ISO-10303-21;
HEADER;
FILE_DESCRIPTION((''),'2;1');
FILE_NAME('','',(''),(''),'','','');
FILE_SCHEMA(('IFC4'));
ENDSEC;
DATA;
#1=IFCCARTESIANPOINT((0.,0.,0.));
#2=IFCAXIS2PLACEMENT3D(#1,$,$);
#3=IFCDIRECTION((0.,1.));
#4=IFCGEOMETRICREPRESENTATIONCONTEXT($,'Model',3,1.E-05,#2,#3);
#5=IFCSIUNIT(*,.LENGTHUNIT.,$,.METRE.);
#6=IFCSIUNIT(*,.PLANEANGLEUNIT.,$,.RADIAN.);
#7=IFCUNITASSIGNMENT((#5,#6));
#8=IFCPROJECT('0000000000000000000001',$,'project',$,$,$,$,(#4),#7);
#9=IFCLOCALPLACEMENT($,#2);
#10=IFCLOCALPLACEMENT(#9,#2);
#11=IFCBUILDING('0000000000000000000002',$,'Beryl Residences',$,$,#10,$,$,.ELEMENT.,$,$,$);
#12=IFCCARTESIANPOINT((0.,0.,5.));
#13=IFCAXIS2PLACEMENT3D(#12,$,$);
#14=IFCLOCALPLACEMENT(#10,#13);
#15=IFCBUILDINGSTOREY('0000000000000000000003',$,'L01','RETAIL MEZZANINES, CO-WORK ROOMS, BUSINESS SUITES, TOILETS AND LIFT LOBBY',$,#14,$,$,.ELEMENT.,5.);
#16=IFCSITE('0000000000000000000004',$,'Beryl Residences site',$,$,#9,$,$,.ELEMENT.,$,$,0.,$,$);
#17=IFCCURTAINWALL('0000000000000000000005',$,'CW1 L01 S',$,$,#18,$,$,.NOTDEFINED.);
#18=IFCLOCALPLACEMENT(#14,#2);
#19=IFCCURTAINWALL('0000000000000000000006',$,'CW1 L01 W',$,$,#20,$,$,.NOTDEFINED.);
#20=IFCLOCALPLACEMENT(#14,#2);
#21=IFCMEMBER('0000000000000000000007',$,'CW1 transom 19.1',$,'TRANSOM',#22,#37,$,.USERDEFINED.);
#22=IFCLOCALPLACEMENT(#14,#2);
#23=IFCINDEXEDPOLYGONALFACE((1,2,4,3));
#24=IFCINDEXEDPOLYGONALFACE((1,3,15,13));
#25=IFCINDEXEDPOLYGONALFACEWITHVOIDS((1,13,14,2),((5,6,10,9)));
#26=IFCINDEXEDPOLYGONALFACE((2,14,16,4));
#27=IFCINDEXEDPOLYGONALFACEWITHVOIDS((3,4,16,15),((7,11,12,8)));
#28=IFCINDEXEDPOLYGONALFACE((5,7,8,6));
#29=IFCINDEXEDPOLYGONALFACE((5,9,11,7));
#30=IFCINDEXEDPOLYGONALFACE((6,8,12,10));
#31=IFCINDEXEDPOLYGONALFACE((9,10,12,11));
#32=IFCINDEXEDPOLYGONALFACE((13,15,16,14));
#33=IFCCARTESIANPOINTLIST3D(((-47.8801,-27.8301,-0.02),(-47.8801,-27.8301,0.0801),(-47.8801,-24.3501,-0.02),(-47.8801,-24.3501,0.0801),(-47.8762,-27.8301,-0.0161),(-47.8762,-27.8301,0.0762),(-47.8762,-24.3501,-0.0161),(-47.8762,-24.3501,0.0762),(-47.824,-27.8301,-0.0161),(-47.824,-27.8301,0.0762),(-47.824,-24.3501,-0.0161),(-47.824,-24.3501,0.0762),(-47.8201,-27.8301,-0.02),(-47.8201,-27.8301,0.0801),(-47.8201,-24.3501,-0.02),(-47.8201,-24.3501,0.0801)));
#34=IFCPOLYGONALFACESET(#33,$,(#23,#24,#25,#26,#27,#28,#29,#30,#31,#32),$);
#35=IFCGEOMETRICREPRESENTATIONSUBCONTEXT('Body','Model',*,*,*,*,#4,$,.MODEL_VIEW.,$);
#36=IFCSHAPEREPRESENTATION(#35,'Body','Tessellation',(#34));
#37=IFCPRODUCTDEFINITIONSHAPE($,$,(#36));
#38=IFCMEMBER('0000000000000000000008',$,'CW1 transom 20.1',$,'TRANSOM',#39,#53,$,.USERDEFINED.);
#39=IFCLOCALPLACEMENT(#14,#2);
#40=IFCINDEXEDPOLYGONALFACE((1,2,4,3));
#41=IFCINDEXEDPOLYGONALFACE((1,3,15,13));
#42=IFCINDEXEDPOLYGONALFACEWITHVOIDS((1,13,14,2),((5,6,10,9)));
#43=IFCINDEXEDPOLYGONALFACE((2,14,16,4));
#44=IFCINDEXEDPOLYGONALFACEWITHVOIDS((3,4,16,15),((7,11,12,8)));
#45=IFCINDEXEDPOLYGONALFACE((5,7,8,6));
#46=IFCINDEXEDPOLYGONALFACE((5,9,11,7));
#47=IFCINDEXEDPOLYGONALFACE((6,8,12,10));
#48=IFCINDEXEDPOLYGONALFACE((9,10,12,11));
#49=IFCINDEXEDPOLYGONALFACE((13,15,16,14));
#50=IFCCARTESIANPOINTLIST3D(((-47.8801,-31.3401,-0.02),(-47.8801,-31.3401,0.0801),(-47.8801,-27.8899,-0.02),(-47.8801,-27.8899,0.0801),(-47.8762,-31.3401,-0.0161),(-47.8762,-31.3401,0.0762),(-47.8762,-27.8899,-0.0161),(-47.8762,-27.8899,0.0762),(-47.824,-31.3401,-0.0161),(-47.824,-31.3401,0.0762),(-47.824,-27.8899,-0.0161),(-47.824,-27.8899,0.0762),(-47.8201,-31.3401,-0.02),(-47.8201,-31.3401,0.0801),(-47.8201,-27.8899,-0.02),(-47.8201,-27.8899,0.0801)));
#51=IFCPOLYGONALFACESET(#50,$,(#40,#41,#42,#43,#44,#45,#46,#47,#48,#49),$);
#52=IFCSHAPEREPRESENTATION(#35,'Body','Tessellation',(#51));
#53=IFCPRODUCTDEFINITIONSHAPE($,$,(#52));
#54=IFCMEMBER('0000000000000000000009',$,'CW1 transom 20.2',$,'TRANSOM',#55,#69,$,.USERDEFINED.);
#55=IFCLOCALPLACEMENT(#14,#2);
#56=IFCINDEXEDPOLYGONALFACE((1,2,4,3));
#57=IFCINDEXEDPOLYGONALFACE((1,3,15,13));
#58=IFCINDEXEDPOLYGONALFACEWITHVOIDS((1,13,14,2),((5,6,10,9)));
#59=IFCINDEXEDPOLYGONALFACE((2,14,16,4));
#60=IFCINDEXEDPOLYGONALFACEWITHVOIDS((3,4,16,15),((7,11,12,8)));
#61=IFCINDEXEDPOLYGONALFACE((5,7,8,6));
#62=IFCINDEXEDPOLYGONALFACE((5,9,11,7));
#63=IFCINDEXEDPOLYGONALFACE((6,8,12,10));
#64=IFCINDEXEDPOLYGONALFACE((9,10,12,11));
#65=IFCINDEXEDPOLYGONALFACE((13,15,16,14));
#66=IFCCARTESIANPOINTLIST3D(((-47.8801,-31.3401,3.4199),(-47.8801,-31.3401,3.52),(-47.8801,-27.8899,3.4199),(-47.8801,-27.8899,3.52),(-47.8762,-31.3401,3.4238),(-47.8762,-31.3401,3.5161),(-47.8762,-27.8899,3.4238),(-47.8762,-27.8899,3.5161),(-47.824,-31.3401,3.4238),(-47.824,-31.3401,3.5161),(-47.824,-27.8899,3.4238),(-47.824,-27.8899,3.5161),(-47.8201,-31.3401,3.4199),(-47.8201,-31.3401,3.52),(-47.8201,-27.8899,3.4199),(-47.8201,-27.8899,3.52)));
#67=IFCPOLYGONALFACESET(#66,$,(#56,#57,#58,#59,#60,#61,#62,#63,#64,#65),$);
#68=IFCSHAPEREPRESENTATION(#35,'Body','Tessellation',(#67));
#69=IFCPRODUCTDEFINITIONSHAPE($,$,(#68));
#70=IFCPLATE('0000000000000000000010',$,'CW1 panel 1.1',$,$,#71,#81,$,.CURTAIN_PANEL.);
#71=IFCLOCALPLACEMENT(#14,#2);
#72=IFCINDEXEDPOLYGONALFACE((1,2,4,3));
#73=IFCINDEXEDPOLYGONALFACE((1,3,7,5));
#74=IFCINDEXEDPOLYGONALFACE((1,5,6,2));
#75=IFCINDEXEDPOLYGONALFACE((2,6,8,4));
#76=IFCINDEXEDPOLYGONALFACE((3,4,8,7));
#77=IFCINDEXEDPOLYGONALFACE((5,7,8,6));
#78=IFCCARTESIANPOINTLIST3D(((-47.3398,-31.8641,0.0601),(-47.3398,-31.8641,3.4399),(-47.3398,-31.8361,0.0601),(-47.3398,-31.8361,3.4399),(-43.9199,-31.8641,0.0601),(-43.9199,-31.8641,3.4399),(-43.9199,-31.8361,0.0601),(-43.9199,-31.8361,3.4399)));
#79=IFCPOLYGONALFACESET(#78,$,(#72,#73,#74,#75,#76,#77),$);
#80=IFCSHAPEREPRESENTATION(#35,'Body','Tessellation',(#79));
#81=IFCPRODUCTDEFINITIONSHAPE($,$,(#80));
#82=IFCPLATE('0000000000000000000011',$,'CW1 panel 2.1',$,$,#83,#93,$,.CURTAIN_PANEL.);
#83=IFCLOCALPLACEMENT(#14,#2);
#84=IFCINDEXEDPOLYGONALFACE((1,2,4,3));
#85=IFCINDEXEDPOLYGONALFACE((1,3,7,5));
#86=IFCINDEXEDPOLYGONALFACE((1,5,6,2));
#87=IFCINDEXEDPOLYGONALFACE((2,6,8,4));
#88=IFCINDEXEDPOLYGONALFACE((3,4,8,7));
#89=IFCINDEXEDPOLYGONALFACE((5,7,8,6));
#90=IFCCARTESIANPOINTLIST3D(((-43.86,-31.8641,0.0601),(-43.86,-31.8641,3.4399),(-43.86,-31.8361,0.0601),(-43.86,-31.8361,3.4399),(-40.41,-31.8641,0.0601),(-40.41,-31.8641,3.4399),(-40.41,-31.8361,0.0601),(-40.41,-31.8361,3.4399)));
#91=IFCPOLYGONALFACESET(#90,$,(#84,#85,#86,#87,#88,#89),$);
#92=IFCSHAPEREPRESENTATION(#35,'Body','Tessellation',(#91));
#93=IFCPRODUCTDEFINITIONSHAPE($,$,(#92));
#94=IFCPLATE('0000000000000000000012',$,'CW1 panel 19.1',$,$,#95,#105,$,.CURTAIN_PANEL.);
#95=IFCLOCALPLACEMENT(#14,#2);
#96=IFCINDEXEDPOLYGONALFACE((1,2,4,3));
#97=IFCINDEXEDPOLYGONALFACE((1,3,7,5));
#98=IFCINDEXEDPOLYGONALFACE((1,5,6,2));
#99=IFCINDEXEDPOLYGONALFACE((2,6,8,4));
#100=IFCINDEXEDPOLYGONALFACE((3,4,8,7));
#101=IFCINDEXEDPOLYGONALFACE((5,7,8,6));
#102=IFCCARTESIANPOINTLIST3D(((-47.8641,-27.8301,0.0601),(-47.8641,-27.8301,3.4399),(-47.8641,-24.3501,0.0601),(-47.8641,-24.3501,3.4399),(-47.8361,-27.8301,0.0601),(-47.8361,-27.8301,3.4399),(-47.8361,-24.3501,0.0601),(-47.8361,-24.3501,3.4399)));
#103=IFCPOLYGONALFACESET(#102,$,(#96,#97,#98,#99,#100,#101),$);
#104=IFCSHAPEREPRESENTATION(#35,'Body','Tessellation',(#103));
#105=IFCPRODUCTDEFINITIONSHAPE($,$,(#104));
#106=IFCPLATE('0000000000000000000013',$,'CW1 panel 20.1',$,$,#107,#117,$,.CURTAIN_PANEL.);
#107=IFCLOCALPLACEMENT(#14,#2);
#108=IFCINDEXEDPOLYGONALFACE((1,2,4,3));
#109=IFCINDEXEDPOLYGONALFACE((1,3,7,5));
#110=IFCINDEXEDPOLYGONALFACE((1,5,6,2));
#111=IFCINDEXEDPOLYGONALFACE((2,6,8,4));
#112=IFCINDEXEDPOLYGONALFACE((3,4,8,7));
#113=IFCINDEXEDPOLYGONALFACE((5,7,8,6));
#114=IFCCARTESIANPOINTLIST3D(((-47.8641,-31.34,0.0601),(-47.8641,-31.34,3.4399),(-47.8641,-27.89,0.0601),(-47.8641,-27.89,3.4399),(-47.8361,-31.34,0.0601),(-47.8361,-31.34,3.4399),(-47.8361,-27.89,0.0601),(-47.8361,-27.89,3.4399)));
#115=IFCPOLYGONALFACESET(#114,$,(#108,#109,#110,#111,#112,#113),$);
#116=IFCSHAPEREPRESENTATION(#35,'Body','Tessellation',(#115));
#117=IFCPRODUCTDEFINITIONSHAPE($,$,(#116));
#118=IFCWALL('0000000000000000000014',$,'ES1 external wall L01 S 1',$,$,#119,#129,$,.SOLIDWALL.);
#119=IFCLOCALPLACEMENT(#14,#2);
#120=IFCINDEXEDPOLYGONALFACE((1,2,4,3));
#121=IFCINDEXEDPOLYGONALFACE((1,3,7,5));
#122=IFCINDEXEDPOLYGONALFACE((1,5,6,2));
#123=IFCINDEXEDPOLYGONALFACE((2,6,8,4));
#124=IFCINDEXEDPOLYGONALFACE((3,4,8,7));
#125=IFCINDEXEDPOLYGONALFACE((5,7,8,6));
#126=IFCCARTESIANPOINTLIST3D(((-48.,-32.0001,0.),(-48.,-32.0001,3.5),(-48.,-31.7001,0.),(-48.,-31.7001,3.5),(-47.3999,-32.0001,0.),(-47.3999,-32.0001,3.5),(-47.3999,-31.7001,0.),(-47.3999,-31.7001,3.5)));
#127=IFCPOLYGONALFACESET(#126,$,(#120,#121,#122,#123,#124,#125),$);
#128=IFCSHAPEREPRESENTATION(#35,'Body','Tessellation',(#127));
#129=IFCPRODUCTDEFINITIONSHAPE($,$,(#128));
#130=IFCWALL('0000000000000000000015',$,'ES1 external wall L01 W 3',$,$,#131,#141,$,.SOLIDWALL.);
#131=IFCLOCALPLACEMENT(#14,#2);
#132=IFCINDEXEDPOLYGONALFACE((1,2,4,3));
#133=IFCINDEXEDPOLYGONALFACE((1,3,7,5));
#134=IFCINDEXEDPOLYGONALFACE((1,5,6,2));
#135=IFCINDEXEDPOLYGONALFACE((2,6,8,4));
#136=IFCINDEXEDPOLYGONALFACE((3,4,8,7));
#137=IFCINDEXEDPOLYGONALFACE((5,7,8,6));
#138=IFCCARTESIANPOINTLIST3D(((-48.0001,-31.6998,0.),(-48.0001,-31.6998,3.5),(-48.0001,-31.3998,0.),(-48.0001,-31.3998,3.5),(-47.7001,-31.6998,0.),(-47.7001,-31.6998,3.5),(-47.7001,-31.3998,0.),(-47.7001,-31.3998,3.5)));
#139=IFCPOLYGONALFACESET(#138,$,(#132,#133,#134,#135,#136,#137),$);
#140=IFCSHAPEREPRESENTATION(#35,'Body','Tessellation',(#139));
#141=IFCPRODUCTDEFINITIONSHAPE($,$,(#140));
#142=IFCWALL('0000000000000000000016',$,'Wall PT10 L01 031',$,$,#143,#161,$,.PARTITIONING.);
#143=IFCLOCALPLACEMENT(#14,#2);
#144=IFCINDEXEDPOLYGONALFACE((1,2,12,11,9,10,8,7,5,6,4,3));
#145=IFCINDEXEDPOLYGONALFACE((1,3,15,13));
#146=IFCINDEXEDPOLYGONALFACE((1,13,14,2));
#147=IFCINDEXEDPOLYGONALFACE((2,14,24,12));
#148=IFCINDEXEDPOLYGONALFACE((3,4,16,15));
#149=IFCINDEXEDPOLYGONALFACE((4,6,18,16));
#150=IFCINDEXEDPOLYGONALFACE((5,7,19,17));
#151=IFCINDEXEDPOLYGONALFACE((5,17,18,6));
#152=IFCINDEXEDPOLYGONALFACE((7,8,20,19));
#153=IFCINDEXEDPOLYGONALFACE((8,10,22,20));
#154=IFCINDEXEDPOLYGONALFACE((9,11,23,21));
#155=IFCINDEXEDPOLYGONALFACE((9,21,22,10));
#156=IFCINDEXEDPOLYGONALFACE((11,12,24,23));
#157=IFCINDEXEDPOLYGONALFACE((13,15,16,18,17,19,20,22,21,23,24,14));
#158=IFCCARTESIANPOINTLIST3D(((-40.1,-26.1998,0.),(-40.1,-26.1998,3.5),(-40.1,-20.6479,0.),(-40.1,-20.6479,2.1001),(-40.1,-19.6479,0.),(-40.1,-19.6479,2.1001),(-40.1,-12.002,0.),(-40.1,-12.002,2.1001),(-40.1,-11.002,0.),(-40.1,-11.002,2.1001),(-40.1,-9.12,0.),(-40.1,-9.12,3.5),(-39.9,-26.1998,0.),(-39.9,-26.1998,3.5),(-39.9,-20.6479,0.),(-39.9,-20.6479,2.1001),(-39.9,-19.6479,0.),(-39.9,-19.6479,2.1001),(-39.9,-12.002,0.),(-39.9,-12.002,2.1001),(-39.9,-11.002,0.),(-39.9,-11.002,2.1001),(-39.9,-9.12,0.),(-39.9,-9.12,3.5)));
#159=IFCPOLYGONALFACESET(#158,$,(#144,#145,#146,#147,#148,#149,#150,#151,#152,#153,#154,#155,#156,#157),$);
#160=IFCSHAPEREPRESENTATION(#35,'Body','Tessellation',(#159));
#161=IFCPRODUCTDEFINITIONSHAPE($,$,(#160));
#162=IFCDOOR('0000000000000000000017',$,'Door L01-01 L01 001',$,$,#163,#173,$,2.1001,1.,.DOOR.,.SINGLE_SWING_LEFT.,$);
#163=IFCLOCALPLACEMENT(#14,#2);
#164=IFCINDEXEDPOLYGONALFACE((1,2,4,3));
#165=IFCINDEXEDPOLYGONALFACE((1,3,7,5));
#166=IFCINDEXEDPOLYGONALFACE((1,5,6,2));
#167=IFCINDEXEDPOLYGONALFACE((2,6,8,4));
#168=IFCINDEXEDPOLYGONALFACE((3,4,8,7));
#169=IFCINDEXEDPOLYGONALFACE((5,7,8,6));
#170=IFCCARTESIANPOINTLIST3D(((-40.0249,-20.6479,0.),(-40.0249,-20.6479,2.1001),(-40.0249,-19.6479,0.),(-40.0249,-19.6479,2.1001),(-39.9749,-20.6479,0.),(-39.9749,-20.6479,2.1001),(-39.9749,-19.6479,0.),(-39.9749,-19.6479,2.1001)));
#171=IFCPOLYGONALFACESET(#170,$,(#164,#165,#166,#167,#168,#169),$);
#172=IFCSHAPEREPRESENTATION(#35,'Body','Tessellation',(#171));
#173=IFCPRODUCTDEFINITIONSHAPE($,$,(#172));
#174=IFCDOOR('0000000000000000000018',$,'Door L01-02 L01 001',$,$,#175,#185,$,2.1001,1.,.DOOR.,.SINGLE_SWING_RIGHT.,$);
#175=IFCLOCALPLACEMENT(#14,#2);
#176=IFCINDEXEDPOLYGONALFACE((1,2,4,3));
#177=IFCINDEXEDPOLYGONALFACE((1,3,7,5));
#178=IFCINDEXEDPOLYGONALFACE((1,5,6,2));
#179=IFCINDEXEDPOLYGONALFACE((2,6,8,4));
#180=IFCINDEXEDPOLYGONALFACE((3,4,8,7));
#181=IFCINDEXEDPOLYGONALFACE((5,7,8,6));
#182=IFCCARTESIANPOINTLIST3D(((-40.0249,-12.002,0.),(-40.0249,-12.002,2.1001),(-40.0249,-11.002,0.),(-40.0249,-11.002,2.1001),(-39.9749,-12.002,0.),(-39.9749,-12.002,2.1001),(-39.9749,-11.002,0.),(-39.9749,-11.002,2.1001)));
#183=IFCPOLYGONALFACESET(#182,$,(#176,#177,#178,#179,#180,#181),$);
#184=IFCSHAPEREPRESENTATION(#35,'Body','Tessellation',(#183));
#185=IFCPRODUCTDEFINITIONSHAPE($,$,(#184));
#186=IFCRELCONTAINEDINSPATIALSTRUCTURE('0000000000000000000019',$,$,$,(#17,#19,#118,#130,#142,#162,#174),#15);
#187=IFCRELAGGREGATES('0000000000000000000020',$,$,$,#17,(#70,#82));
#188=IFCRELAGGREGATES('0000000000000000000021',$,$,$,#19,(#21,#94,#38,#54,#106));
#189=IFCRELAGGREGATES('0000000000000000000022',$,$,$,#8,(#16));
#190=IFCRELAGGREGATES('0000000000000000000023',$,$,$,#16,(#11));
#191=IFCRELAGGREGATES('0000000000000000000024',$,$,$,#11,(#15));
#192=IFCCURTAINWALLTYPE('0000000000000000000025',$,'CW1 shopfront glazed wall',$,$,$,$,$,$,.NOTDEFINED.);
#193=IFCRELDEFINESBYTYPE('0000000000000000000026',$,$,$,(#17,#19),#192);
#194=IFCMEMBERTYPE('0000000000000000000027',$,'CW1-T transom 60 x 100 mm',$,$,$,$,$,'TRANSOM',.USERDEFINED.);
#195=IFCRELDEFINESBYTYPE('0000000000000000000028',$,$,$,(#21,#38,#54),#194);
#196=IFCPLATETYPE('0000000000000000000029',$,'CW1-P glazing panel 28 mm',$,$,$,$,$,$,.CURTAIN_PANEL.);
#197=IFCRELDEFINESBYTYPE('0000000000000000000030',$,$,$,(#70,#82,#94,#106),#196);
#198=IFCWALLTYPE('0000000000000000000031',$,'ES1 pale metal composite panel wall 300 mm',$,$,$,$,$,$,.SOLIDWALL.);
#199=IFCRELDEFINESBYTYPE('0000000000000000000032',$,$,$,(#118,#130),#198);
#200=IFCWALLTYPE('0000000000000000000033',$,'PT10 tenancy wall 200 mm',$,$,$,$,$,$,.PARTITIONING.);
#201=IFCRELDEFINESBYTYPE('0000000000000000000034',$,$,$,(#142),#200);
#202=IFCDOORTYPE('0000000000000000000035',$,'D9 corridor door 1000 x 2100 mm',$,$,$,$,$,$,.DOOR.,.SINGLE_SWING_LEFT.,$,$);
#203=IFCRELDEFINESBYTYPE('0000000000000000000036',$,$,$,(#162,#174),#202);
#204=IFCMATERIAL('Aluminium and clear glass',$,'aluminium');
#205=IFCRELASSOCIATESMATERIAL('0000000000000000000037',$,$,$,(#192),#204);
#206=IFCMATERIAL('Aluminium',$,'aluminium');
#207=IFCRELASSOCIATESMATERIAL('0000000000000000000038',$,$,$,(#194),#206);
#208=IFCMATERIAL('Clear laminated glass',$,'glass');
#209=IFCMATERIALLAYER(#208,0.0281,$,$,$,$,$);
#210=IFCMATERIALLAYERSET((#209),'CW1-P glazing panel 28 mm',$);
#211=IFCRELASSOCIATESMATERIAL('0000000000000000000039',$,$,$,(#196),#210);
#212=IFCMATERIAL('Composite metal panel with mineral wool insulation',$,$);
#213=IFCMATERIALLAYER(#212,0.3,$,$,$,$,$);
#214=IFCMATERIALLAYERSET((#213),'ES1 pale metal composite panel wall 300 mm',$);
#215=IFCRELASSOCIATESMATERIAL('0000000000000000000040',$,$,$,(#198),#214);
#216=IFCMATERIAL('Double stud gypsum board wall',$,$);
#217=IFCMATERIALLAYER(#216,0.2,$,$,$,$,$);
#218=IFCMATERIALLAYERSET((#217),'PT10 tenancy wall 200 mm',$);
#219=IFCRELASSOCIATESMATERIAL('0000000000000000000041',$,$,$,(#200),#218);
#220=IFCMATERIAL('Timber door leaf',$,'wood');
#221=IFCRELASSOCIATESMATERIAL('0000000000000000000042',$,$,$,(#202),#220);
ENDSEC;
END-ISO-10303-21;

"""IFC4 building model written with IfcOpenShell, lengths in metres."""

from ifc_helpers import new_model, si_unit, direction, frame, frame_2d, origin, origin_2d, place, context, subcontext, project, spatial, rectangle, hollow_rectangle, extrude, material, layer, layer_set, material_profile, profile_set, type_object, element, fill, aggregate, save


model = new_model("IFC4")

# Units and contexts
model_context = context("Model", 3, precision=1e-05, world=origin(), true_north=direction((0.0, 1.0)))
body_context = subcontext(model_context, "Body", "Model", "MODEL_VIEW")
ifc_project = project(units=[si_unit("LENGTHUNIT", "METRE"), si_unit("PLANEANGLEUNIT", "RADIAN")], contexts=[model_context])

# Site, building, storey
site_placement = place(None, origin())
site = spatial("IfcSite", under=ifc_project, at=site_placement, Name="Beryl Residences site", CompositionType="ELEMENT", RefElevation=0.0)
building_placement = place(site_placement, origin())
building = spatial("IfcBuilding", under=site, at=building_placement, Name="Beryl Residences", CompositionType="ELEMENT")
storey_placement = place(building_placement, frame((0.0, 0.0, 5.0)))
storey = spatial("IfcBuildingStorey", under=building, at=storey_placement, Name="L01", Description="RETAIL MEZZANINES, CO-WORK ROOMS, BUSINESS SUITES, TOILETS AND LIFT LOBBY", CompositionType="ELEMENT", Elevation=5.0)

# Curtain walls
ifc_material_1 = material(Name="Aluminium and clear glass", Category="aluminium")
curtain_wall_type = type_object("IfcCurtainWallType", Name="CW1 shopfront glazed wall", PredefinedType="NOTDEFINED", material=ifc_material_1)
curtain_wall_1_placement = place(storey_placement, origin())
curtain_wall_1 = element("IfcCurtainWall", 1, at=curtain_wall_1_placement, inside=storey, type_object=curtain_wall_type, Name="CW1 L01 S", PredefinedType="NOTDEFINED")
curtain_wall_2_placement = place(storey_placement, origin())
curtain_wall_2 = element("IfcCurtainWall", 2, at=curtain_wall_2_placement, inside=storey, type_object=curtain_wall_type, Name="CW1 L01 W", PredefinedType="NOTDEFINED")

# Members
ifc_material_2 = material(Name="Aluminium", Category="aluminium")
ifc_material_profile_1 = material_profile(ifc_material_2, hollow_rectangle(XDim=0.0601, YDim=0.1001, WallThickness=0.0039, at=origin_2d()))
ifc_profile_set_1 = profile_set([ifc_material_profile_1], Name="Aluminium")
member_type_1 = type_object("IfcMemberType", Name="CW1-T transom 60 x 100 mm", ElementType="TRANSOM", PredefinedType="USERDEFINED", material=ifc_profile_set_1)
member_1_placement = place(storey_placement, frame((-47.8501, -24.3501, 0.03), z_axis=(0.0, -1.0, 0.0), x_axis=(1.0, 0.0, 0.0)))
member_1 = element("IfcMember", 3, at=member_1_placement, type_object=member_type_1, Name="CW1 transom 19.1", ObjectType="TRANSOM", PredefinedType="USERDEFINED", context=body_context, shape_type="SweptSolid", body=[
    extrude(hollow_rectangle(XDim=0.0601, YDim=0.1001, WallThickness=0.0039, at=origin_2d()), origin(), (0.0, 0.0, 1.0), 3.48),
])
member_2_placement = place(storey_placement, frame((-47.8501, -27.8899, 0.03), z_axis=(0.0, -1.0, 0.0), x_axis=(1.0, 0.0, 0.0)))
member_2 = element("IfcMember", 4, at=member_2_placement, type_object=member_type_1, Name="CW1 transom 20.1", ObjectType="TRANSOM", PredefinedType="USERDEFINED", context=body_context, shape_type="SweptSolid", body=[
    extrude(hollow_rectangle(XDim=0.0601, YDim=0.1001, WallThickness=0.0039, at=origin_2d()), origin(), (0.0, 0.0, 1.0), 3.4502),
])
member_3_placement = place(storey_placement, frame((-47.8501, -27.8899, 3.47), z_axis=(0.0, -1.0, 0.0), x_axis=(1.0, 0.0, 0.0)))
member_3 = element("IfcMember", 5, at=member_3_placement, type_object=member_type_1, Name="CW1 transom 20.2", ObjectType="TRANSOM", PredefinedType="USERDEFINED", context=body_context, shape_type="SweptSolid", body=[
    extrude(hollow_rectangle(XDim=0.0601, YDim=0.1001, WallThickness=0.0039, at=origin_2d()), origin(), (0.0, 0.0, 1.0), 3.4502),
])

# Plates
ifc_material_3 = material(Name="Clear laminated glass", Category="glass")
ifc_layer_1 = layer(ifc_material_3, 0.0281)
ifc_layer_set_1 = layer_set([ifc_layer_1], Name="CW1-P glazing panel 28 mm")
plate_type = type_object("IfcPlateType", Name="CW1-P glazing panel 28 mm", PredefinedType="CURTAIN_PANEL", material=ifc_layer_set_1)
plate_1_placement = place(storey_placement, frame((-45.6299, -31.8501, 0.0601), z_axis=(0.0, 0.0, 1.0), x_axis=(1.0, 0.0, 0.0)))
plate_1 = element("IfcPlate", 6, at=plate_1_placement, type_object=plate_type, Name="CW1 panel 1.1", PredefinedType="CURTAIN_PANEL", context=body_context, shape_type="SweptSolid", body=[
    extrude(rectangle(XDim=3.4199, YDim=0.0281, at=origin_2d()), origin(), (0.0, 0.0, 1.0), 3.3799),
])
plate_2_placement = place(storey_placement, frame((-42.135, -31.8501, 0.0601), z_axis=(0.0, 0.0, 1.0), x_axis=(1.0, 0.0, 0.0)))
plate_2 = element("IfcPlate", 7, at=plate_2_placement, type_object=plate_type, Name="CW1 panel 2.1", PredefinedType="CURTAIN_PANEL", context=body_context, shape_type="SweptSolid", body=[
    extrude(rectangle(XDim=3.45, YDim=0.0281, at=origin_2d()), origin(), (0.0, 0.0, 1.0), 3.3799),
])
aggregate(curtain_wall_1, [plate_1, plate_2])
plate_3_placement = place(storey_placement, frame((-47.8501, -26.0901, 0.0601), z_axis=(0.0, 0.0, 1.0), x_axis=(0.0, -1.0, 0.0)))
plate_3 = element("IfcPlate", 8, at=plate_3_placement, type_object=plate_type, Name="CW1 panel 19.1", PredefinedType="CURTAIN_PANEL", context=body_context, shape_type="SweptSolid", body=[
    extrude(rectangle(XDim=3.48, YDim=0.0281, at=origin_2d()), origin(), (0.0, 0.0, 1.0), 3.3799),
])
plate_4_placement = place(storey_placement, frame((-47.8501, -29.615, 0.0601), z_axis=(0.0, 0.0, 1.0), x_axis=(0.0, -1.0, 0.0)))
plate_4 = element("IfcPlate", 9, at=plate_4_placement, type_object=plate_type, Name="CW1 panel 20.1", PredefinedType="CURTAIN_PANEL", context=body_context, shape_type="SweptSolid", body=[
    extrude(rectangle(XDim=3.45, YDim=0.0281, at=origin_2d()), origin(), (0.0, 0.0, 1.0), 3.3799),
])
aggregate(curtain_wall_2, [member_1, plate_3, member_2, member_3, plate_4])

# Walls
ifc_material_4 = material(Name="Composite metal panel with mineral wool insulation")
ifc_layer_2 = layer(ifc_material_4, 0.3)
ifc_layer_set_2 = layer_set([ifc_layer_2], Name="ES1 pale metal composite panel wall 300 mm")
wall_type_1 = type_object("IfcWallType", Name="ES1 pale metal composite panel wall 300 mm", PredefinedType="SOLIDWALL", material=ifc_layer_set_2)
wall_1_placement = place(storey_placement, frame((-48.0, -31.8501, 0.0), z_axis=(0.0, 0.0, 1.0), x_axis=(1.0, 0.0, 0.0)))
element("IfcWall", 10, at=wall_1_placement, inside=storey, type_object=wall_type_1, Name="ES1 external wall L01 S 1", PredefinedType="SOLIDWALL", context=body_context, shape_type="SweptSolid", body=[
    extrude(rectangle(XDim=0.6001, YDim=0.3, at=frame_2d((0.3, 0.0))), origin(), (0.0, 0.0, 1.0), 3.5),
])
wall_2_placement = place(storey_placement, frame((-47.8501, -31.3999, 0.0), z_axis=(0.0, 0.0, 1.0), x_axis=(0.0, -1.0, 0.0)))
element("IfcWall", 11, at=wall_2_placement, inside=storey, type_object=wall_type_1, Name="ES1 external wall L01 W 3", PredefinedType="SOLIDWALL", context=body_context, shape_type="SweptSolid", body=[
    extrude(rectangle(XDim=0.3, YDim=0.3, at=frame_2d((0.1499, 0.0))), origin(), (0.0, 0.0, 1.0), 3.5),
])

# Wall, openings, doors
ifc_material_5 = material(Name="Double stud gypsum board wall")
ifc_layer_3 = layer(ifc_material_5, 0.2)
ifc_layer_set_3 = layer_set([ifc_layer_3], Name="PT10 tenancy wall 200 mm")
wall_type_2 = type_object("IfcWallType", Name="PT10 tenancy wall 200 mm", PredefinedType="PARTITIONING", material=ifc_layer_set_3)
wall_3_placement = place(storey_placement, frame((-40.0, -26.2, 0.0), z_axis=(0.0, 0.0, 1.0), x_axis=(0.0, 1.0, 0.0)))
wall_3 = element("IfcWall", 12, at=wall_3_placement, inside=storey, type_object=wall_type_2, Name="Wall PT10 L01 031", PredefinedType="PARTITIONING", context=body_context, shape_type="SweptSolid", body=[
    extrude(rectangle(XDim=17.0798, YDim=0.2, at=frame_2d((8.54, 0.0))), origin(), (0.0, 0.0, 1.0), 3.5),
])
opening_1_placement = place(wall_3_placement, frame((5.552, 0.0, 0.0)))
opening_1 = element("IfcOpeningElement", 13, at=opening_1_placement, cuts=wall_3, PredefinedType="OPENING", context=body_context, shape_type="SweptSolid", body=[
    extrude(rectangle(XDim=1.0, YDim=2.1001, at=frame_2d((0.5, 1.05))), frame((0.0, 0.1099, 0.0), z_axis=(0.0, -1.0, 0.0), x_axis=(1.0, 0.0, 0.0)), (0.0, 0.0, 1.0), 0.22),
])
opening_2_placement = place(wall_3_placement, frame((14.198, 0.0, 0.0)))
opening_2 = element("IfcOpeningElement", 14, at=opening_2_placement, cuts=wall_3, PredefinedType="OPENING", context=body_context, shape_type="SweptSolid", body=[
    extrude(rectangle(XDim=1.0, YDim=2.1001, at=frame_2d((0.5, 1.05))), frame((0.0, 0.1099, 0.0), z_axis=(0.0, -1.0, 0.0), x_axis=(1.0, 0.0, 0.0)), (0.0, 0.0, 1.0), 0.22),
])
ifc_material_6 = material(Name="Timber door leaf", Category="wood")
door_type_1 = type_object("IfcDoorType", Name="D9 corridor door 1000 x 2100 mm", OperationType="SINGLE_SWING_LEFT", PredefinedType="DOOR", material=ifc_material_6)
door_1_placement = place(opening_1_placement, origin())
door_1 = element("IfcDoor", 15, at=door_1_placement, inside=storey, type_object=door_type_1, Name="Door L01-01 L01 001", OperationType="SINGLE_SWING_LEFT", OverallHeight=2.1001, OverallWidth=1.0, PredefinedType="DOOR", context=body_context, shape_type="SweptSolid", body=[
    extrude(rectangle(XDim=1.0, YDim=2.1001, at=frame_2d((0.5, 1.05))), frame((0.0, 0.0249, 0.0), z_axis=(0.0, -1.0, 0.0), x_axis=(1.0, 0.0, 0.0)), (0.0, 0.0, 1.0), 0.05),
])
fill(opening_1, door_1)
door_2_placement = place(opening_2_placement, origin())
door_2 = element("IfcDoor", 16, at=door_2_placement, inside=storey, type_object=door_type_1, Name="Door L01-02 L01 001", OperationType="SINGLE_SWING_RIGHT", OverallHeight=2.1001, OverallWidth=1.0, PredefinedType="DOOR", context=body_context, shape_type="SweptSolid", body=[
    extrude(rectangle(XDim=1.0, YDim=2.1001, at=frame_2d((0.5, 1.05))), frame((0.0, 0.0249, 0.0), z_axis=(0.0, -1.0, 0.0), x_axis=(1.0, 0.0, 0.0)), (0.0, 0.0, 1.0), 0.05),
])
fill(opening_2, door_2)

save(model, "model.ifc")
